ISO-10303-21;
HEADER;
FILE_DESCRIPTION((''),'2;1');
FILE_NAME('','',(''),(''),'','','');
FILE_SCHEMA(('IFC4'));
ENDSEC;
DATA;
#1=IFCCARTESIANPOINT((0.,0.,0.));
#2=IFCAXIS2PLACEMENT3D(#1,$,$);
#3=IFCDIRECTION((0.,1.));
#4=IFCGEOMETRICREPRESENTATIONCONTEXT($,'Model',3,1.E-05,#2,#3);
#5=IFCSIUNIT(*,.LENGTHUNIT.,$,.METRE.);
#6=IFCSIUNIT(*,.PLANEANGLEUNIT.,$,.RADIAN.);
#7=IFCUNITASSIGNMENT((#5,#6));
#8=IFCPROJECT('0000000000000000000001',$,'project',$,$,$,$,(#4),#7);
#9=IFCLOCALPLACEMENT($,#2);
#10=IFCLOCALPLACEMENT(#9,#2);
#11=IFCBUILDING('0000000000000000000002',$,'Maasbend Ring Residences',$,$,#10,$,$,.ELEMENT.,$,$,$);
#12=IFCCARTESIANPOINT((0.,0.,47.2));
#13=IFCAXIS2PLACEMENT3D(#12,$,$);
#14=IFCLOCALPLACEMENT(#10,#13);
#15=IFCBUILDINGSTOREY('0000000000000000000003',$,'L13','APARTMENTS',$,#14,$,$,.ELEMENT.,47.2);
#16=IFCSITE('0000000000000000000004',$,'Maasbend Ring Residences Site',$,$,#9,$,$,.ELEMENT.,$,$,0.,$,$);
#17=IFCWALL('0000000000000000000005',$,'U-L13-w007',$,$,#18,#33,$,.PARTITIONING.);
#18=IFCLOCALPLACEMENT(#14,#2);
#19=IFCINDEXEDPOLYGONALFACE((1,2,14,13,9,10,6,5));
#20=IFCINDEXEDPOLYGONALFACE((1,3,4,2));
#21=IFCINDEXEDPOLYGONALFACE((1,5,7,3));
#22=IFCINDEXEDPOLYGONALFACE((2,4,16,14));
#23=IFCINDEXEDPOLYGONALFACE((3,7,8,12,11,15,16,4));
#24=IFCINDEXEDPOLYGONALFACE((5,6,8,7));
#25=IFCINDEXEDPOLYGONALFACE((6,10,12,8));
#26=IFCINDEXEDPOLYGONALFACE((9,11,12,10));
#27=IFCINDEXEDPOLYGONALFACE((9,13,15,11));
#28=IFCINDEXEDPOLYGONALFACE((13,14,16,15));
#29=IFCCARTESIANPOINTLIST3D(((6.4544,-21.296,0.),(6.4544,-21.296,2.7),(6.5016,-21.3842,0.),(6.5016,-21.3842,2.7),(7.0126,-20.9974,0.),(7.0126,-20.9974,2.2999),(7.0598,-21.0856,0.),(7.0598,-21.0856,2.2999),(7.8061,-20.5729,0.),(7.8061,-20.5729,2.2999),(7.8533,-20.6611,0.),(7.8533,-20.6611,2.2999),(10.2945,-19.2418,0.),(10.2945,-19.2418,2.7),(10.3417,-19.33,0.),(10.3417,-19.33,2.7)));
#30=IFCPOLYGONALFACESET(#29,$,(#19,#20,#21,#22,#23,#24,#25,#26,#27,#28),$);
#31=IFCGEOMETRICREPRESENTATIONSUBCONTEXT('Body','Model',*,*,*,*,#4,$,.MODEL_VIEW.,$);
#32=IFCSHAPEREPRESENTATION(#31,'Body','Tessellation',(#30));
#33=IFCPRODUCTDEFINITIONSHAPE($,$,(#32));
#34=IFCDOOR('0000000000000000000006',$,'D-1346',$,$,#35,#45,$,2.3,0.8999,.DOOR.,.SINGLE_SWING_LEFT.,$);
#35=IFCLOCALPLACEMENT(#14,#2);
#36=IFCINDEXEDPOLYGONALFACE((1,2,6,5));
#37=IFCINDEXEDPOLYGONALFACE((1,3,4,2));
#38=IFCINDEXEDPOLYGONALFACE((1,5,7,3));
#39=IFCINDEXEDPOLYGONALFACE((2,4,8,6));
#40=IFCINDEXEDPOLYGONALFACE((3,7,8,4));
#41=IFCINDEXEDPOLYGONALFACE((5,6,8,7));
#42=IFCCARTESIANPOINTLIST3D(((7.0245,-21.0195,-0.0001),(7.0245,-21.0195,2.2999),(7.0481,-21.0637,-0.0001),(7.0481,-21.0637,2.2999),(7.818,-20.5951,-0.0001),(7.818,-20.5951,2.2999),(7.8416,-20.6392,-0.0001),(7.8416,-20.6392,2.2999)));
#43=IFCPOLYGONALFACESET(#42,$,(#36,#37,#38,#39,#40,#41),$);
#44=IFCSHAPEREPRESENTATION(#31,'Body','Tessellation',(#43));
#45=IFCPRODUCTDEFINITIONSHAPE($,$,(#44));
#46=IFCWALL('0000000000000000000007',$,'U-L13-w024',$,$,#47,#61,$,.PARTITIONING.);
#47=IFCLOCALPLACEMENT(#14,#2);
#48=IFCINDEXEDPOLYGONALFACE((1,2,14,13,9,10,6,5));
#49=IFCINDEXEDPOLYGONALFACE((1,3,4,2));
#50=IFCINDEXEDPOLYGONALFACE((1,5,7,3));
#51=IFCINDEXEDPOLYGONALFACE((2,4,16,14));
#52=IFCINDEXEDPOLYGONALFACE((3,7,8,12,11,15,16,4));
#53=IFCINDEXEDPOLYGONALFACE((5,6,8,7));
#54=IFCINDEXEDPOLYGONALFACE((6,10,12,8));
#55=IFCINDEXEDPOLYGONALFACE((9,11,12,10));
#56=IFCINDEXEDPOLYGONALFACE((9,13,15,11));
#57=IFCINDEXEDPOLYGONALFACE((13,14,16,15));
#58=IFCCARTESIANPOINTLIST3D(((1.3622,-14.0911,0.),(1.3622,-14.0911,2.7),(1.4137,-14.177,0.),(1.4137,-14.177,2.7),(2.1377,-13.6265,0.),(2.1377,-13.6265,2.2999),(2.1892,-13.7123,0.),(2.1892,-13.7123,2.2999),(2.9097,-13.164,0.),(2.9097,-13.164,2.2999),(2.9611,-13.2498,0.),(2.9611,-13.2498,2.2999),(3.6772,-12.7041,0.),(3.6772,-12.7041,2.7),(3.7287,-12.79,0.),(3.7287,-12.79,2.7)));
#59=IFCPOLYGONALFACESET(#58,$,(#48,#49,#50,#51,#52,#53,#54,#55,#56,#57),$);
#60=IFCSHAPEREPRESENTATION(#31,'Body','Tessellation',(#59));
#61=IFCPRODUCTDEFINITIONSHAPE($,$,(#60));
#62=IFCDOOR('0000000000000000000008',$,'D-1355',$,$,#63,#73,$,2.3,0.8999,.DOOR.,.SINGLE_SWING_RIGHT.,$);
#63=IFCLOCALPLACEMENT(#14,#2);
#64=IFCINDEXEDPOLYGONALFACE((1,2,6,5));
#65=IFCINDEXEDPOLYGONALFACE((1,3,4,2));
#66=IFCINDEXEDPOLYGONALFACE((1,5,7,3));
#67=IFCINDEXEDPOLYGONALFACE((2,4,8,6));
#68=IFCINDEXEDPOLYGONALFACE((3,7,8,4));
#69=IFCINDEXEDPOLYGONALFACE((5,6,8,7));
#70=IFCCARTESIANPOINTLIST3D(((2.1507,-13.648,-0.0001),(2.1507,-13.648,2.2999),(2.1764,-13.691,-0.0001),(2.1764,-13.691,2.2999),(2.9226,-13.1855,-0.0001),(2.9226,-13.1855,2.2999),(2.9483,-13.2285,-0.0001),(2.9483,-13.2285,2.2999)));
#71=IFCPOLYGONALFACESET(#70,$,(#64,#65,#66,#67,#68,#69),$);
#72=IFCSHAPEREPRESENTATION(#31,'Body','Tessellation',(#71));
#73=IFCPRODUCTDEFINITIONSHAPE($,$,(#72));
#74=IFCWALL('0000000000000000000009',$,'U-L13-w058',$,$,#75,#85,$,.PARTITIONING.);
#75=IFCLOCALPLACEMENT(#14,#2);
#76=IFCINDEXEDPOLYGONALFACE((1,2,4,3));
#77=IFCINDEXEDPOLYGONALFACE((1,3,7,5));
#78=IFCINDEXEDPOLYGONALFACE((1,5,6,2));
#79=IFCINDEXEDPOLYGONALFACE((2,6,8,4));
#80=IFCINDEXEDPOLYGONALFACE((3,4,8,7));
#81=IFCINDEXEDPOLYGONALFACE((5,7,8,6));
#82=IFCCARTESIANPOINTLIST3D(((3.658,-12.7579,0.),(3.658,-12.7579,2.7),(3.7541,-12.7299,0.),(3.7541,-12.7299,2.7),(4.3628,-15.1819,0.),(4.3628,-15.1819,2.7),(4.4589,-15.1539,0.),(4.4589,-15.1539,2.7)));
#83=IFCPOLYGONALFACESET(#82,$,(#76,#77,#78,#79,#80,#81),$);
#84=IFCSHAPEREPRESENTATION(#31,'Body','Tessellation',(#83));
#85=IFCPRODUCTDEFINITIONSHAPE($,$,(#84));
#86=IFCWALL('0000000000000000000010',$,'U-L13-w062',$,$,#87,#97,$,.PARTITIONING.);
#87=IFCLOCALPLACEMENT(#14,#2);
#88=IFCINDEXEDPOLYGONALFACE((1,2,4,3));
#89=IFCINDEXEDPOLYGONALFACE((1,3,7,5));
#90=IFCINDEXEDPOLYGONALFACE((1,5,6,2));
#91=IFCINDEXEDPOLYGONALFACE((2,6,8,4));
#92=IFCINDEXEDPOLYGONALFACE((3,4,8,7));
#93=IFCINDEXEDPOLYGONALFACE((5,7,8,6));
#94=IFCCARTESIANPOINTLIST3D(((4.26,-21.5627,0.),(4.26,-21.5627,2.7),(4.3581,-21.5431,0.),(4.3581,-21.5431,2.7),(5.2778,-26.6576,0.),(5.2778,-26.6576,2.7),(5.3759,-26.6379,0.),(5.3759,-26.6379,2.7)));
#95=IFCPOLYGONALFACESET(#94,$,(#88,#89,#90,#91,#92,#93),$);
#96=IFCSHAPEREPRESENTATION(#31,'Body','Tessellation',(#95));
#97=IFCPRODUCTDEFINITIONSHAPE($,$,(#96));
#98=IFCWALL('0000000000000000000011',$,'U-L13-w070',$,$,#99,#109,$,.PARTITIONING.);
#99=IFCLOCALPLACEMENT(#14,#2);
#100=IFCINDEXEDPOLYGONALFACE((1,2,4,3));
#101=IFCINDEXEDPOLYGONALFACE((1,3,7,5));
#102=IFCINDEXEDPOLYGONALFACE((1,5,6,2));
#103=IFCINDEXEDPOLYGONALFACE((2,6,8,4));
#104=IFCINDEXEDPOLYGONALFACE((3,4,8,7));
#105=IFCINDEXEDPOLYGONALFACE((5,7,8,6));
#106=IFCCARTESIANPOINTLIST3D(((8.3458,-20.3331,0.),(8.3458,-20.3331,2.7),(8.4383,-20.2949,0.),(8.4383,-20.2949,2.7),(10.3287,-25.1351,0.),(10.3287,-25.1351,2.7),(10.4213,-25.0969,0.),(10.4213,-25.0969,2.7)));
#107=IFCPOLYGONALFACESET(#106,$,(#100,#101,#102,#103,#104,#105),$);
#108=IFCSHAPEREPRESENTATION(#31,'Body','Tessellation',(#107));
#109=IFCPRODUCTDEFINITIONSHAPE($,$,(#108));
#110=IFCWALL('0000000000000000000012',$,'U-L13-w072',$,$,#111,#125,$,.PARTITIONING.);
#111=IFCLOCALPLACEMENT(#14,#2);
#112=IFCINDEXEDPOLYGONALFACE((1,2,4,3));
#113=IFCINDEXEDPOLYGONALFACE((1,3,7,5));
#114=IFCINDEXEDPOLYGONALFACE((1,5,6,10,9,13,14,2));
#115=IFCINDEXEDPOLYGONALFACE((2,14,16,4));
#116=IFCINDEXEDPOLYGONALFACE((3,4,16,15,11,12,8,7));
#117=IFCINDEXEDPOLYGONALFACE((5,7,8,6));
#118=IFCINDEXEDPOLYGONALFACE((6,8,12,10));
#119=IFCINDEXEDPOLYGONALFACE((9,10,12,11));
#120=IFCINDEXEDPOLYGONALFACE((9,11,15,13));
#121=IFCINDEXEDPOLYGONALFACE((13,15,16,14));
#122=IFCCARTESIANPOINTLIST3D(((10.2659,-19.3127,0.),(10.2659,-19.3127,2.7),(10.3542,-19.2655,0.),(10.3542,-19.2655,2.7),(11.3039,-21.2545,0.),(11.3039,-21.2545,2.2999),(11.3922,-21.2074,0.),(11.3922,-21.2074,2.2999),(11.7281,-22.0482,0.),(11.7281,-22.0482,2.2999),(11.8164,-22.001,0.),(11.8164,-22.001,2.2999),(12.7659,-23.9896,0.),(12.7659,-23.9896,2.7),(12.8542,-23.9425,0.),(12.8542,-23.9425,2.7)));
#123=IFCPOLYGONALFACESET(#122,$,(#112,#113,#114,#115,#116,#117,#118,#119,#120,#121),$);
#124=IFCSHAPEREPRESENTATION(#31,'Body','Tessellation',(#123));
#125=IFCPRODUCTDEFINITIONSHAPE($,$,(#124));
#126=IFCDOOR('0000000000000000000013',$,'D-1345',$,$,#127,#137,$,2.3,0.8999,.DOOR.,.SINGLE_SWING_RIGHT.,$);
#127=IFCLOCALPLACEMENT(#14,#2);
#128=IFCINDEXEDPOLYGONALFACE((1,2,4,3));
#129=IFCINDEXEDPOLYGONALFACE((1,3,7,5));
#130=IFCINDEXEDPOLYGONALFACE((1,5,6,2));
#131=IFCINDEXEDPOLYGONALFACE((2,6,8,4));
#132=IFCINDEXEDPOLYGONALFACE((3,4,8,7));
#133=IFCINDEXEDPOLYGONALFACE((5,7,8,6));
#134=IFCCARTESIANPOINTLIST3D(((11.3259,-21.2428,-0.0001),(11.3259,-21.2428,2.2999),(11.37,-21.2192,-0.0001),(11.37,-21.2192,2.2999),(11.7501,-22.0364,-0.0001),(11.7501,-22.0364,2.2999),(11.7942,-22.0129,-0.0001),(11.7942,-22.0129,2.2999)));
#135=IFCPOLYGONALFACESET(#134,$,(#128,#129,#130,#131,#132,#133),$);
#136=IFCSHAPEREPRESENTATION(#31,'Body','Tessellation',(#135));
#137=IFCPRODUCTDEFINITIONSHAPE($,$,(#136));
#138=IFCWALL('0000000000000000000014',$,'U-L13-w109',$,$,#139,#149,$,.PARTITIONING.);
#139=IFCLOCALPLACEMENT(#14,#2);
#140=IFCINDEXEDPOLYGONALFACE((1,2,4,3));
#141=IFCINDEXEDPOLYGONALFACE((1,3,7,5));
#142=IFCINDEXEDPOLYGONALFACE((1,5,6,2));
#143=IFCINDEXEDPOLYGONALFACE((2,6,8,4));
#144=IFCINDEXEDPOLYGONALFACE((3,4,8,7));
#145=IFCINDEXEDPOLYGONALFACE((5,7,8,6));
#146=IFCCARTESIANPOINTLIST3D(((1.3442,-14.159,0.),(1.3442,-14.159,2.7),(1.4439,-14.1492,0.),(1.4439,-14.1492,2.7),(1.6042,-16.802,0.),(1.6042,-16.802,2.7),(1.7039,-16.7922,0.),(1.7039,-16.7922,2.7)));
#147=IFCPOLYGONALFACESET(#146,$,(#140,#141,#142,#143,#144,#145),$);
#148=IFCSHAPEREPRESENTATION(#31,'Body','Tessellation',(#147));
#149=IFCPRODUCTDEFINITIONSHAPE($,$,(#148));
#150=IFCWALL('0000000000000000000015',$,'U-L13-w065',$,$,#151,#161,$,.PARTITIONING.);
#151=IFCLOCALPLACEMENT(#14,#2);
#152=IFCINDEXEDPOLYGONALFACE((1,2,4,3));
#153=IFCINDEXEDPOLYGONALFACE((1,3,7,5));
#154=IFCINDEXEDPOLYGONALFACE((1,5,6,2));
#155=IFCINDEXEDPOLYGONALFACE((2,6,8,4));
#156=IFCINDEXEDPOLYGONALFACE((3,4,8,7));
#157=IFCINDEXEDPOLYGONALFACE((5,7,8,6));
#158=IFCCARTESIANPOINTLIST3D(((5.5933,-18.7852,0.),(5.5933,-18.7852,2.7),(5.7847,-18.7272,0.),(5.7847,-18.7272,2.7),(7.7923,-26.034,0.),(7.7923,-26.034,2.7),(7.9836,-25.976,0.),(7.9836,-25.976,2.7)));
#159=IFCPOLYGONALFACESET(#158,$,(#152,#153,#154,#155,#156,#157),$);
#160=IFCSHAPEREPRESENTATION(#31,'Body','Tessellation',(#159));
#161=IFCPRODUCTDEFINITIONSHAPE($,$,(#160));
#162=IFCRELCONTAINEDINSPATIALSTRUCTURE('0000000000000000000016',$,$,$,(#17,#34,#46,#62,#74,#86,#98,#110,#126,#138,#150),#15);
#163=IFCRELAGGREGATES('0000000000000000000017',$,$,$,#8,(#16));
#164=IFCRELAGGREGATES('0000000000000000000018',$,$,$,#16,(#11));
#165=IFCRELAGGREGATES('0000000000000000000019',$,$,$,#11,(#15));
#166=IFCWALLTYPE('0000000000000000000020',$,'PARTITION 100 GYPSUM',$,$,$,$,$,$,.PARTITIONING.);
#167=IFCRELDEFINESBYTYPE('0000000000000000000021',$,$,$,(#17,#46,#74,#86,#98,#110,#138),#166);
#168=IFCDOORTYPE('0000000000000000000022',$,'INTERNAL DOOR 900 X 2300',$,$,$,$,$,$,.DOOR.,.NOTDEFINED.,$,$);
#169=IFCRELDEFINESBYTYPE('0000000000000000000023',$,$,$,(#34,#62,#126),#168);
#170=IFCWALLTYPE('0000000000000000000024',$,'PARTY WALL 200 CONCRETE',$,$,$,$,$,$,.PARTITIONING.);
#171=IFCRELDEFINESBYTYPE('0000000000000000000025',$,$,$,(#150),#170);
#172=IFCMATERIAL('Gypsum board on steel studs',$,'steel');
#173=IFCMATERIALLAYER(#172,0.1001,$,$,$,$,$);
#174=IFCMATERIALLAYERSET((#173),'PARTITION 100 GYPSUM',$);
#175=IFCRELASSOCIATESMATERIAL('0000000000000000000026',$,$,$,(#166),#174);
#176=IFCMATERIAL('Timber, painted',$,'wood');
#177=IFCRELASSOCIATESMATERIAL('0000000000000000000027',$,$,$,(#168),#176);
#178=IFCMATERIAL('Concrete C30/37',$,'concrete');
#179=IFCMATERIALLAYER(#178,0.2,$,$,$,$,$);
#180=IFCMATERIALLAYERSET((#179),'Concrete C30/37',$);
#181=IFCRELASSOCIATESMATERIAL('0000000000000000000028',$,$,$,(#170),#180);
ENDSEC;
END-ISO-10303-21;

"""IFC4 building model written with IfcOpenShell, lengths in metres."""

from ifc_helpers import new_model, si_unit, direction, frame, frame_2d, origin, place, context, subcontext, project, spatial, rectangle, extrude, material, layer, layer_set, type_object, element, fill, save


model = new_model("IFC4")

# Units and contexts
model_context = context("Model", 3, precision=1e-05, world=origin(), true_north=direction((0.0, 1.0)))
body_context = subcontext(model_context, "Body", "Model", "MODEL_VIEW")
ifc_project = project(units=[si_unit("LENGTHUNIT", "METRE"), si_unit("PLANEANGLEUNIT", "RADIAN")], contexts=[model_context])

# Site, building, storey
site_placement = place(None, origin())
site = spatial("IfcSite", under=ifc_project, at=site_placement, Name="Maasbend Ring Residences Site", CompositionType="ELEMENT", RefElevation=0.0)
building_placement = place(site_placement, origin())
building = spatial("IfcBuilding", under=site, at=building_placement, Name="Maasbend Ring Residences", CompositionType="ELEMENT")
storey_placement = place(building_placement, frame((0.0, 0.0, 47.2)))
storey = spatial("IfcBuildingStorey", under=building, at=storey_placement, Name="L13", Description="APARTMENTS", CompositionType="ELEMENT", Elevation=47.2)

# Walls, openings, doors
ifc_material_1 = material(Name="Gypsum board on steel studs", Category="steel")
ifc_layer_1 = layer(ifc_material_1, 0.1001)
ifc_layer_set_1 = layer_set([ifc_layer_1], Name="PARTITION 100 GYPSUM")
wall_type_1 = type_object("IfcWallType", Name="PARTITION 100 GYPSUM", PredefinedType="PARTITIONING", material=ifc_layer_set_1)
wall_1_placement = place(storey_placement, frame((6.478, -21.3401, 0.0), z_axis=(0.0, 0.0, 1.0), x_axis=(0.881766, 0.471688, 0.0)))
wall_1 = element("IfcWall", 1, at=wall_1_placement, inside=storey, type_object=wall_type_1, Name="U-L13-w007", PredefinedType="PARTITIONING", context=body_context, shape_type="SweptSolid", body=[
    extrude(rectangle(XDim=4.355, YDim=0.1001, at=frame_2d((2.1775, 0.0))), origin(), (0.0, 0.0, 1.0), 2.7),
])
opening_1_placement = place(wall_1_placement, frame((0.6331, 0.0, 0.0)))
opening_1 = element("IfcOpeningElement", 2, at=opening_1_placement, cuts=wall_1, PredefinedType="OPENING", context=body_context, shape_type="SweptSolid", body=[
    extrude(rectangle(XDim=0.8999, YDim=2.3, at=frame_2d((0.45, 1.1499))), frame((0.0, 0.0601, 0.0), z_axis=(0.0, -1.0, 0.0), x_axis=(1.0, 0.0, 0.0)), (0.0, 0.0, 1.0), 0.1201),
])
ifc_material_2 = material(Name="Timber, painted", Category="wood")
door_type_1 = type_object("IfcDoorType", Name="INTERNAL DOOR 900 X 2300", OperationType="NOTDEFINED", PredefinedType="DOOR", material=ifc_material_2)
door_1_placement = place(opening_1_placement, origin())
door_1 = element("IfcDoor", 3, at=door_1_placement, inside=storey, type_object=door_type_1, Name="D-1346", OperationType="SINGLE_SWING_LEFT", OverallHeight=2.3, OverallWidth=0.8999, PredefinedType="DOOR", context=body_context, shape_type="SweptSolid", body=[
    extrude(rectangle(XDim=0.8999, YDim=2.3, at=frame_2d((0.45, 1.1499))), frame((0.0, 0.0249, 0.0), z_axis=(0.0, -1.0, 0.0), x_axis=(1.0, 0.0, 0.0)), (0.0, 0.0, 1.0), 0.05),
])
fill(opening_1, door_1)
wall_2_placement = place(storey_placement, frame((1.3879, -14.134, 0.0), z_axis=(0.0, 0.0, 1.0), x_axis=(0.85782, 0.51395, 0.0)))
wall_2 = element("IfcWall", 4, at=wall_2_placement, inside=storey, type_object=wall_type_1, Name="U-L13-w024", PredefinedType="PARTITIONING", context=body_context, shape_type="SweptSolid", body=[
    extrude(rectangle(XDim=2.6987, YDim=0.1001, at=frame_2d((1.3494, 0.0))), origin(), (0.0, 0.0, 1.0), 2.7),
])
opening_2_placement = place(wall_2_placement, frame((0.9041, 0.0, 0.0)))
opening_2 = element("IfcOpeningElement", 5, at=opening_2_placement, cuts=wall_2, PredefinedType="OPENING", context=body_context, shape_type="SweptSolid", body=[
    extrude(rectangle(XDim=0.8999, YDim=2.3, at=frame_2d((0.45, 1.1499))), frame((0.0, 0.0601, 0.0), z_axis=(0.0, -1.0, 0.0), x_axis=(1.0, 0.0, 0.0)), (0.0, 0.0, 1.0), 0.1201),
])
door_2_placement = place(opening_2_placement, origin())
door_2 = element("IfcDoor", 6, at=door_2_placement, inside=storey, type_object=door_type_1, Name="D-1355", OperationType="SINGLE_SWING_RIGHT", OverallHeight=2.3, OverallWidth=0.8999, PredefinedType="DOOR", context=body_context, shape_type="SweptSolid", body=[
    extrude(rectangle(XDim=0.8999, YDim=2.3, at=frame_2d((0.45, 1.1499))), frame((0.0, 0.0249, 0.0), z_axis=(0.0, -1.0, 0.0), x_axis=(1.0, 0.0, 0.0)), (0.0, 0.0, 1.0), 0.05),
])
fill(opening_2, door_2)

# Walls
wall_3_placement = place(storey_placement, frame((3.7061, -12.7439, 0.0), z_axis=(0.0, 0.0, 1.0), x_axis=(0.279201, -0.960233, 0.0)))
element("IfcWall", 7, at=wall_3_placement, inside=storey, type_object=wall_type_1, Name="U-L13-w058", PredefinedType="PARTITIONING", context=body_context, shape_type="SweptSolid", body=[
    extrude(rectangle(XDim=2.5244, YDim=0.1001, at=frame_2d((1.2622, 0.0))), origin(), (0.0, 0.0, 1.0), 2.7),
])
wall_4_placement = place(storey_placement, frame((4.3091, -21.553, 0.0), z_axis=(0.0, 0.0, 1.0), x_axis=(0.195899, -0.980624, 0.0)))
element("IfcWall", 8, at=wall_4_placement, inside=storey, type_object=wall_type_1, Name="U-L13-w062", PredefinedType="PARTITIONING", context=body_context, shape_type="SweptSolid", body=[
    extrude(rectangle(XDim=5.1956, YDim=0.1001, at=frame_2d((2.5977, 0.0))), origin(), (0.0, 0.0, 1.0), 2.7),
])
wall_5_placement = place(storey_placement, frame((8.3921, -20.314, 0.0), z_axis=(0.0, 0.0, 1.0), x_axis=(0.381674, -0.924297, 0.0)))
element("IfcWall", 9, at=wall_5_placement, inside=storey, type_object=wall_type_1, Name="U-L13-w070", PredefinedType="PARTITIONING", context=body_context, shape_type="SweptSolid", body=[
    extrude(rectangle(XDim=5.1953, YDim=0.1001, at=frame_2d((2.5977, 0.0))), origin(), (0.0, 0.0, 1.0), 2.7),
])

# Wall, opening, door
wall_6_placement = place(storey_placement, frame((10.3101, -19.2891, 0.0), z_axis=(0.0, 0.0, 1.0), x_axis=(0.47141, -0.881914, 0.0)))
wall_6 = element("IfcWall", 10, at=wall_6_placement, inside=storey, type_object=wall_type_1, Name="U-L13-w072", PredefinedType="PARTITIONING", context=body_context, shape_type="SweptSolid", body=[
    extrude(rectangle(XDim=5.3032, YDim=0.1001, at=frame_2d((2.6516, 0.0))), origin(), (0.0, 0.0, 1.0), 2.7),
])
opening_3_placement = place(wall_6_placement, frame((2.2019, 0.0, 0.0)))
opening_3 = element("IfcOpeningElement", 11, at=opening_3_placement, cuts=wall_6, PredefinedType="OPENING", context=body_context, shape_type="SweptSolid", body=[
    extrude(rectangle(XDim=0.8999, YDim=2.3, at=frame_2d((0.45, 1.1499))), frame((0.0, 0.0601, 0.0), z_axis=(0.0, -1.0, 0.0), x_axis=(1.0, 0.0, 0.0)), (0.0, 0.0, 1.0), 0.1201),
])
door_3_placement = place(opening_3_placement, origin())
door_3 = element("IfcDoor", 12, at=door_3_placement, inside=storey, type_object=door_type_1, Name="D-1345", OperationType="SINGLE_SWING_RIGHT", OverallHeight=2.3, OverallWidth=0.8999, PredefinedType="DOOR", context=body_context, shape_type="SweptSolid", body=[
    extrude(rectangle(XDim=0.8999, YDim=2.3, at=frame_2d((0.45, 1.1499))), frame((0.0, 0.0249, 0.0), z_axis=(0.0, -1.0, 0.0), x_axis=(1.0, 0.0, 0.0)), (0.0, 0.0, 1.0), 0.05),
])
fill(opening_3, door_3)

# Walls
wall_7_placement = place(storey_placement, frame((1.6541, -16.7971, 0.0), z_axis=(0.0, 0.0, 1.0), x_axis=(-0.097902, 0.995196, 0.0)))
element("IfcWall", 13, at=wall_7_placement, inside=storey, type_object=wall_type_1, Name="U-L13-w109", PredefinedType="PARTITIONING", context=body_context, shape_type="SweptSolid", body=[
    extrude(rectangle(XDim=2.6558, YDim=0.1001, at=frame_2d((1.3279, 0.0))), origin(), (0.0, 0.0, 1.0), 2.7),
])
ifc_material_3 = material(Name="Concrete C30/37", Category="concrete")
ifc_layer_2 = layer(ifc_material_3, 0.2)
ifc_layer_set_2 = layer_set([ifc_layer_2], Name="Concrete C30/37")
wall_type_2 = type_object("IfcWallType", Name="PARTY WALL 200 CONCRETE", PredefinedType="PARTITIONING", material=ifc_layer_set_2)
wall_8_placement = place(storey_placement, frame((5.689, -18.7561, 0.0), z_axis=(0.0, 0.0, 1.0), x_axis=(0.290295, -0.956937, 0.0)))
element("IfcWall", 14, at=wall_8_placement, inside=storey, type_object=wall_type_2, Name="U-L13-w065", PredefinedType="PARTITIONING", context=body_context, shape_type="SweptSolid", body=[
    extrude(rectangle(XDim=7.575, YDim=0.2, at=frame_2d((3.7876, 0.0))), origin(), (0.0, 0.0, 1.0), 2.7),
])

save(model, "model.ifc")
